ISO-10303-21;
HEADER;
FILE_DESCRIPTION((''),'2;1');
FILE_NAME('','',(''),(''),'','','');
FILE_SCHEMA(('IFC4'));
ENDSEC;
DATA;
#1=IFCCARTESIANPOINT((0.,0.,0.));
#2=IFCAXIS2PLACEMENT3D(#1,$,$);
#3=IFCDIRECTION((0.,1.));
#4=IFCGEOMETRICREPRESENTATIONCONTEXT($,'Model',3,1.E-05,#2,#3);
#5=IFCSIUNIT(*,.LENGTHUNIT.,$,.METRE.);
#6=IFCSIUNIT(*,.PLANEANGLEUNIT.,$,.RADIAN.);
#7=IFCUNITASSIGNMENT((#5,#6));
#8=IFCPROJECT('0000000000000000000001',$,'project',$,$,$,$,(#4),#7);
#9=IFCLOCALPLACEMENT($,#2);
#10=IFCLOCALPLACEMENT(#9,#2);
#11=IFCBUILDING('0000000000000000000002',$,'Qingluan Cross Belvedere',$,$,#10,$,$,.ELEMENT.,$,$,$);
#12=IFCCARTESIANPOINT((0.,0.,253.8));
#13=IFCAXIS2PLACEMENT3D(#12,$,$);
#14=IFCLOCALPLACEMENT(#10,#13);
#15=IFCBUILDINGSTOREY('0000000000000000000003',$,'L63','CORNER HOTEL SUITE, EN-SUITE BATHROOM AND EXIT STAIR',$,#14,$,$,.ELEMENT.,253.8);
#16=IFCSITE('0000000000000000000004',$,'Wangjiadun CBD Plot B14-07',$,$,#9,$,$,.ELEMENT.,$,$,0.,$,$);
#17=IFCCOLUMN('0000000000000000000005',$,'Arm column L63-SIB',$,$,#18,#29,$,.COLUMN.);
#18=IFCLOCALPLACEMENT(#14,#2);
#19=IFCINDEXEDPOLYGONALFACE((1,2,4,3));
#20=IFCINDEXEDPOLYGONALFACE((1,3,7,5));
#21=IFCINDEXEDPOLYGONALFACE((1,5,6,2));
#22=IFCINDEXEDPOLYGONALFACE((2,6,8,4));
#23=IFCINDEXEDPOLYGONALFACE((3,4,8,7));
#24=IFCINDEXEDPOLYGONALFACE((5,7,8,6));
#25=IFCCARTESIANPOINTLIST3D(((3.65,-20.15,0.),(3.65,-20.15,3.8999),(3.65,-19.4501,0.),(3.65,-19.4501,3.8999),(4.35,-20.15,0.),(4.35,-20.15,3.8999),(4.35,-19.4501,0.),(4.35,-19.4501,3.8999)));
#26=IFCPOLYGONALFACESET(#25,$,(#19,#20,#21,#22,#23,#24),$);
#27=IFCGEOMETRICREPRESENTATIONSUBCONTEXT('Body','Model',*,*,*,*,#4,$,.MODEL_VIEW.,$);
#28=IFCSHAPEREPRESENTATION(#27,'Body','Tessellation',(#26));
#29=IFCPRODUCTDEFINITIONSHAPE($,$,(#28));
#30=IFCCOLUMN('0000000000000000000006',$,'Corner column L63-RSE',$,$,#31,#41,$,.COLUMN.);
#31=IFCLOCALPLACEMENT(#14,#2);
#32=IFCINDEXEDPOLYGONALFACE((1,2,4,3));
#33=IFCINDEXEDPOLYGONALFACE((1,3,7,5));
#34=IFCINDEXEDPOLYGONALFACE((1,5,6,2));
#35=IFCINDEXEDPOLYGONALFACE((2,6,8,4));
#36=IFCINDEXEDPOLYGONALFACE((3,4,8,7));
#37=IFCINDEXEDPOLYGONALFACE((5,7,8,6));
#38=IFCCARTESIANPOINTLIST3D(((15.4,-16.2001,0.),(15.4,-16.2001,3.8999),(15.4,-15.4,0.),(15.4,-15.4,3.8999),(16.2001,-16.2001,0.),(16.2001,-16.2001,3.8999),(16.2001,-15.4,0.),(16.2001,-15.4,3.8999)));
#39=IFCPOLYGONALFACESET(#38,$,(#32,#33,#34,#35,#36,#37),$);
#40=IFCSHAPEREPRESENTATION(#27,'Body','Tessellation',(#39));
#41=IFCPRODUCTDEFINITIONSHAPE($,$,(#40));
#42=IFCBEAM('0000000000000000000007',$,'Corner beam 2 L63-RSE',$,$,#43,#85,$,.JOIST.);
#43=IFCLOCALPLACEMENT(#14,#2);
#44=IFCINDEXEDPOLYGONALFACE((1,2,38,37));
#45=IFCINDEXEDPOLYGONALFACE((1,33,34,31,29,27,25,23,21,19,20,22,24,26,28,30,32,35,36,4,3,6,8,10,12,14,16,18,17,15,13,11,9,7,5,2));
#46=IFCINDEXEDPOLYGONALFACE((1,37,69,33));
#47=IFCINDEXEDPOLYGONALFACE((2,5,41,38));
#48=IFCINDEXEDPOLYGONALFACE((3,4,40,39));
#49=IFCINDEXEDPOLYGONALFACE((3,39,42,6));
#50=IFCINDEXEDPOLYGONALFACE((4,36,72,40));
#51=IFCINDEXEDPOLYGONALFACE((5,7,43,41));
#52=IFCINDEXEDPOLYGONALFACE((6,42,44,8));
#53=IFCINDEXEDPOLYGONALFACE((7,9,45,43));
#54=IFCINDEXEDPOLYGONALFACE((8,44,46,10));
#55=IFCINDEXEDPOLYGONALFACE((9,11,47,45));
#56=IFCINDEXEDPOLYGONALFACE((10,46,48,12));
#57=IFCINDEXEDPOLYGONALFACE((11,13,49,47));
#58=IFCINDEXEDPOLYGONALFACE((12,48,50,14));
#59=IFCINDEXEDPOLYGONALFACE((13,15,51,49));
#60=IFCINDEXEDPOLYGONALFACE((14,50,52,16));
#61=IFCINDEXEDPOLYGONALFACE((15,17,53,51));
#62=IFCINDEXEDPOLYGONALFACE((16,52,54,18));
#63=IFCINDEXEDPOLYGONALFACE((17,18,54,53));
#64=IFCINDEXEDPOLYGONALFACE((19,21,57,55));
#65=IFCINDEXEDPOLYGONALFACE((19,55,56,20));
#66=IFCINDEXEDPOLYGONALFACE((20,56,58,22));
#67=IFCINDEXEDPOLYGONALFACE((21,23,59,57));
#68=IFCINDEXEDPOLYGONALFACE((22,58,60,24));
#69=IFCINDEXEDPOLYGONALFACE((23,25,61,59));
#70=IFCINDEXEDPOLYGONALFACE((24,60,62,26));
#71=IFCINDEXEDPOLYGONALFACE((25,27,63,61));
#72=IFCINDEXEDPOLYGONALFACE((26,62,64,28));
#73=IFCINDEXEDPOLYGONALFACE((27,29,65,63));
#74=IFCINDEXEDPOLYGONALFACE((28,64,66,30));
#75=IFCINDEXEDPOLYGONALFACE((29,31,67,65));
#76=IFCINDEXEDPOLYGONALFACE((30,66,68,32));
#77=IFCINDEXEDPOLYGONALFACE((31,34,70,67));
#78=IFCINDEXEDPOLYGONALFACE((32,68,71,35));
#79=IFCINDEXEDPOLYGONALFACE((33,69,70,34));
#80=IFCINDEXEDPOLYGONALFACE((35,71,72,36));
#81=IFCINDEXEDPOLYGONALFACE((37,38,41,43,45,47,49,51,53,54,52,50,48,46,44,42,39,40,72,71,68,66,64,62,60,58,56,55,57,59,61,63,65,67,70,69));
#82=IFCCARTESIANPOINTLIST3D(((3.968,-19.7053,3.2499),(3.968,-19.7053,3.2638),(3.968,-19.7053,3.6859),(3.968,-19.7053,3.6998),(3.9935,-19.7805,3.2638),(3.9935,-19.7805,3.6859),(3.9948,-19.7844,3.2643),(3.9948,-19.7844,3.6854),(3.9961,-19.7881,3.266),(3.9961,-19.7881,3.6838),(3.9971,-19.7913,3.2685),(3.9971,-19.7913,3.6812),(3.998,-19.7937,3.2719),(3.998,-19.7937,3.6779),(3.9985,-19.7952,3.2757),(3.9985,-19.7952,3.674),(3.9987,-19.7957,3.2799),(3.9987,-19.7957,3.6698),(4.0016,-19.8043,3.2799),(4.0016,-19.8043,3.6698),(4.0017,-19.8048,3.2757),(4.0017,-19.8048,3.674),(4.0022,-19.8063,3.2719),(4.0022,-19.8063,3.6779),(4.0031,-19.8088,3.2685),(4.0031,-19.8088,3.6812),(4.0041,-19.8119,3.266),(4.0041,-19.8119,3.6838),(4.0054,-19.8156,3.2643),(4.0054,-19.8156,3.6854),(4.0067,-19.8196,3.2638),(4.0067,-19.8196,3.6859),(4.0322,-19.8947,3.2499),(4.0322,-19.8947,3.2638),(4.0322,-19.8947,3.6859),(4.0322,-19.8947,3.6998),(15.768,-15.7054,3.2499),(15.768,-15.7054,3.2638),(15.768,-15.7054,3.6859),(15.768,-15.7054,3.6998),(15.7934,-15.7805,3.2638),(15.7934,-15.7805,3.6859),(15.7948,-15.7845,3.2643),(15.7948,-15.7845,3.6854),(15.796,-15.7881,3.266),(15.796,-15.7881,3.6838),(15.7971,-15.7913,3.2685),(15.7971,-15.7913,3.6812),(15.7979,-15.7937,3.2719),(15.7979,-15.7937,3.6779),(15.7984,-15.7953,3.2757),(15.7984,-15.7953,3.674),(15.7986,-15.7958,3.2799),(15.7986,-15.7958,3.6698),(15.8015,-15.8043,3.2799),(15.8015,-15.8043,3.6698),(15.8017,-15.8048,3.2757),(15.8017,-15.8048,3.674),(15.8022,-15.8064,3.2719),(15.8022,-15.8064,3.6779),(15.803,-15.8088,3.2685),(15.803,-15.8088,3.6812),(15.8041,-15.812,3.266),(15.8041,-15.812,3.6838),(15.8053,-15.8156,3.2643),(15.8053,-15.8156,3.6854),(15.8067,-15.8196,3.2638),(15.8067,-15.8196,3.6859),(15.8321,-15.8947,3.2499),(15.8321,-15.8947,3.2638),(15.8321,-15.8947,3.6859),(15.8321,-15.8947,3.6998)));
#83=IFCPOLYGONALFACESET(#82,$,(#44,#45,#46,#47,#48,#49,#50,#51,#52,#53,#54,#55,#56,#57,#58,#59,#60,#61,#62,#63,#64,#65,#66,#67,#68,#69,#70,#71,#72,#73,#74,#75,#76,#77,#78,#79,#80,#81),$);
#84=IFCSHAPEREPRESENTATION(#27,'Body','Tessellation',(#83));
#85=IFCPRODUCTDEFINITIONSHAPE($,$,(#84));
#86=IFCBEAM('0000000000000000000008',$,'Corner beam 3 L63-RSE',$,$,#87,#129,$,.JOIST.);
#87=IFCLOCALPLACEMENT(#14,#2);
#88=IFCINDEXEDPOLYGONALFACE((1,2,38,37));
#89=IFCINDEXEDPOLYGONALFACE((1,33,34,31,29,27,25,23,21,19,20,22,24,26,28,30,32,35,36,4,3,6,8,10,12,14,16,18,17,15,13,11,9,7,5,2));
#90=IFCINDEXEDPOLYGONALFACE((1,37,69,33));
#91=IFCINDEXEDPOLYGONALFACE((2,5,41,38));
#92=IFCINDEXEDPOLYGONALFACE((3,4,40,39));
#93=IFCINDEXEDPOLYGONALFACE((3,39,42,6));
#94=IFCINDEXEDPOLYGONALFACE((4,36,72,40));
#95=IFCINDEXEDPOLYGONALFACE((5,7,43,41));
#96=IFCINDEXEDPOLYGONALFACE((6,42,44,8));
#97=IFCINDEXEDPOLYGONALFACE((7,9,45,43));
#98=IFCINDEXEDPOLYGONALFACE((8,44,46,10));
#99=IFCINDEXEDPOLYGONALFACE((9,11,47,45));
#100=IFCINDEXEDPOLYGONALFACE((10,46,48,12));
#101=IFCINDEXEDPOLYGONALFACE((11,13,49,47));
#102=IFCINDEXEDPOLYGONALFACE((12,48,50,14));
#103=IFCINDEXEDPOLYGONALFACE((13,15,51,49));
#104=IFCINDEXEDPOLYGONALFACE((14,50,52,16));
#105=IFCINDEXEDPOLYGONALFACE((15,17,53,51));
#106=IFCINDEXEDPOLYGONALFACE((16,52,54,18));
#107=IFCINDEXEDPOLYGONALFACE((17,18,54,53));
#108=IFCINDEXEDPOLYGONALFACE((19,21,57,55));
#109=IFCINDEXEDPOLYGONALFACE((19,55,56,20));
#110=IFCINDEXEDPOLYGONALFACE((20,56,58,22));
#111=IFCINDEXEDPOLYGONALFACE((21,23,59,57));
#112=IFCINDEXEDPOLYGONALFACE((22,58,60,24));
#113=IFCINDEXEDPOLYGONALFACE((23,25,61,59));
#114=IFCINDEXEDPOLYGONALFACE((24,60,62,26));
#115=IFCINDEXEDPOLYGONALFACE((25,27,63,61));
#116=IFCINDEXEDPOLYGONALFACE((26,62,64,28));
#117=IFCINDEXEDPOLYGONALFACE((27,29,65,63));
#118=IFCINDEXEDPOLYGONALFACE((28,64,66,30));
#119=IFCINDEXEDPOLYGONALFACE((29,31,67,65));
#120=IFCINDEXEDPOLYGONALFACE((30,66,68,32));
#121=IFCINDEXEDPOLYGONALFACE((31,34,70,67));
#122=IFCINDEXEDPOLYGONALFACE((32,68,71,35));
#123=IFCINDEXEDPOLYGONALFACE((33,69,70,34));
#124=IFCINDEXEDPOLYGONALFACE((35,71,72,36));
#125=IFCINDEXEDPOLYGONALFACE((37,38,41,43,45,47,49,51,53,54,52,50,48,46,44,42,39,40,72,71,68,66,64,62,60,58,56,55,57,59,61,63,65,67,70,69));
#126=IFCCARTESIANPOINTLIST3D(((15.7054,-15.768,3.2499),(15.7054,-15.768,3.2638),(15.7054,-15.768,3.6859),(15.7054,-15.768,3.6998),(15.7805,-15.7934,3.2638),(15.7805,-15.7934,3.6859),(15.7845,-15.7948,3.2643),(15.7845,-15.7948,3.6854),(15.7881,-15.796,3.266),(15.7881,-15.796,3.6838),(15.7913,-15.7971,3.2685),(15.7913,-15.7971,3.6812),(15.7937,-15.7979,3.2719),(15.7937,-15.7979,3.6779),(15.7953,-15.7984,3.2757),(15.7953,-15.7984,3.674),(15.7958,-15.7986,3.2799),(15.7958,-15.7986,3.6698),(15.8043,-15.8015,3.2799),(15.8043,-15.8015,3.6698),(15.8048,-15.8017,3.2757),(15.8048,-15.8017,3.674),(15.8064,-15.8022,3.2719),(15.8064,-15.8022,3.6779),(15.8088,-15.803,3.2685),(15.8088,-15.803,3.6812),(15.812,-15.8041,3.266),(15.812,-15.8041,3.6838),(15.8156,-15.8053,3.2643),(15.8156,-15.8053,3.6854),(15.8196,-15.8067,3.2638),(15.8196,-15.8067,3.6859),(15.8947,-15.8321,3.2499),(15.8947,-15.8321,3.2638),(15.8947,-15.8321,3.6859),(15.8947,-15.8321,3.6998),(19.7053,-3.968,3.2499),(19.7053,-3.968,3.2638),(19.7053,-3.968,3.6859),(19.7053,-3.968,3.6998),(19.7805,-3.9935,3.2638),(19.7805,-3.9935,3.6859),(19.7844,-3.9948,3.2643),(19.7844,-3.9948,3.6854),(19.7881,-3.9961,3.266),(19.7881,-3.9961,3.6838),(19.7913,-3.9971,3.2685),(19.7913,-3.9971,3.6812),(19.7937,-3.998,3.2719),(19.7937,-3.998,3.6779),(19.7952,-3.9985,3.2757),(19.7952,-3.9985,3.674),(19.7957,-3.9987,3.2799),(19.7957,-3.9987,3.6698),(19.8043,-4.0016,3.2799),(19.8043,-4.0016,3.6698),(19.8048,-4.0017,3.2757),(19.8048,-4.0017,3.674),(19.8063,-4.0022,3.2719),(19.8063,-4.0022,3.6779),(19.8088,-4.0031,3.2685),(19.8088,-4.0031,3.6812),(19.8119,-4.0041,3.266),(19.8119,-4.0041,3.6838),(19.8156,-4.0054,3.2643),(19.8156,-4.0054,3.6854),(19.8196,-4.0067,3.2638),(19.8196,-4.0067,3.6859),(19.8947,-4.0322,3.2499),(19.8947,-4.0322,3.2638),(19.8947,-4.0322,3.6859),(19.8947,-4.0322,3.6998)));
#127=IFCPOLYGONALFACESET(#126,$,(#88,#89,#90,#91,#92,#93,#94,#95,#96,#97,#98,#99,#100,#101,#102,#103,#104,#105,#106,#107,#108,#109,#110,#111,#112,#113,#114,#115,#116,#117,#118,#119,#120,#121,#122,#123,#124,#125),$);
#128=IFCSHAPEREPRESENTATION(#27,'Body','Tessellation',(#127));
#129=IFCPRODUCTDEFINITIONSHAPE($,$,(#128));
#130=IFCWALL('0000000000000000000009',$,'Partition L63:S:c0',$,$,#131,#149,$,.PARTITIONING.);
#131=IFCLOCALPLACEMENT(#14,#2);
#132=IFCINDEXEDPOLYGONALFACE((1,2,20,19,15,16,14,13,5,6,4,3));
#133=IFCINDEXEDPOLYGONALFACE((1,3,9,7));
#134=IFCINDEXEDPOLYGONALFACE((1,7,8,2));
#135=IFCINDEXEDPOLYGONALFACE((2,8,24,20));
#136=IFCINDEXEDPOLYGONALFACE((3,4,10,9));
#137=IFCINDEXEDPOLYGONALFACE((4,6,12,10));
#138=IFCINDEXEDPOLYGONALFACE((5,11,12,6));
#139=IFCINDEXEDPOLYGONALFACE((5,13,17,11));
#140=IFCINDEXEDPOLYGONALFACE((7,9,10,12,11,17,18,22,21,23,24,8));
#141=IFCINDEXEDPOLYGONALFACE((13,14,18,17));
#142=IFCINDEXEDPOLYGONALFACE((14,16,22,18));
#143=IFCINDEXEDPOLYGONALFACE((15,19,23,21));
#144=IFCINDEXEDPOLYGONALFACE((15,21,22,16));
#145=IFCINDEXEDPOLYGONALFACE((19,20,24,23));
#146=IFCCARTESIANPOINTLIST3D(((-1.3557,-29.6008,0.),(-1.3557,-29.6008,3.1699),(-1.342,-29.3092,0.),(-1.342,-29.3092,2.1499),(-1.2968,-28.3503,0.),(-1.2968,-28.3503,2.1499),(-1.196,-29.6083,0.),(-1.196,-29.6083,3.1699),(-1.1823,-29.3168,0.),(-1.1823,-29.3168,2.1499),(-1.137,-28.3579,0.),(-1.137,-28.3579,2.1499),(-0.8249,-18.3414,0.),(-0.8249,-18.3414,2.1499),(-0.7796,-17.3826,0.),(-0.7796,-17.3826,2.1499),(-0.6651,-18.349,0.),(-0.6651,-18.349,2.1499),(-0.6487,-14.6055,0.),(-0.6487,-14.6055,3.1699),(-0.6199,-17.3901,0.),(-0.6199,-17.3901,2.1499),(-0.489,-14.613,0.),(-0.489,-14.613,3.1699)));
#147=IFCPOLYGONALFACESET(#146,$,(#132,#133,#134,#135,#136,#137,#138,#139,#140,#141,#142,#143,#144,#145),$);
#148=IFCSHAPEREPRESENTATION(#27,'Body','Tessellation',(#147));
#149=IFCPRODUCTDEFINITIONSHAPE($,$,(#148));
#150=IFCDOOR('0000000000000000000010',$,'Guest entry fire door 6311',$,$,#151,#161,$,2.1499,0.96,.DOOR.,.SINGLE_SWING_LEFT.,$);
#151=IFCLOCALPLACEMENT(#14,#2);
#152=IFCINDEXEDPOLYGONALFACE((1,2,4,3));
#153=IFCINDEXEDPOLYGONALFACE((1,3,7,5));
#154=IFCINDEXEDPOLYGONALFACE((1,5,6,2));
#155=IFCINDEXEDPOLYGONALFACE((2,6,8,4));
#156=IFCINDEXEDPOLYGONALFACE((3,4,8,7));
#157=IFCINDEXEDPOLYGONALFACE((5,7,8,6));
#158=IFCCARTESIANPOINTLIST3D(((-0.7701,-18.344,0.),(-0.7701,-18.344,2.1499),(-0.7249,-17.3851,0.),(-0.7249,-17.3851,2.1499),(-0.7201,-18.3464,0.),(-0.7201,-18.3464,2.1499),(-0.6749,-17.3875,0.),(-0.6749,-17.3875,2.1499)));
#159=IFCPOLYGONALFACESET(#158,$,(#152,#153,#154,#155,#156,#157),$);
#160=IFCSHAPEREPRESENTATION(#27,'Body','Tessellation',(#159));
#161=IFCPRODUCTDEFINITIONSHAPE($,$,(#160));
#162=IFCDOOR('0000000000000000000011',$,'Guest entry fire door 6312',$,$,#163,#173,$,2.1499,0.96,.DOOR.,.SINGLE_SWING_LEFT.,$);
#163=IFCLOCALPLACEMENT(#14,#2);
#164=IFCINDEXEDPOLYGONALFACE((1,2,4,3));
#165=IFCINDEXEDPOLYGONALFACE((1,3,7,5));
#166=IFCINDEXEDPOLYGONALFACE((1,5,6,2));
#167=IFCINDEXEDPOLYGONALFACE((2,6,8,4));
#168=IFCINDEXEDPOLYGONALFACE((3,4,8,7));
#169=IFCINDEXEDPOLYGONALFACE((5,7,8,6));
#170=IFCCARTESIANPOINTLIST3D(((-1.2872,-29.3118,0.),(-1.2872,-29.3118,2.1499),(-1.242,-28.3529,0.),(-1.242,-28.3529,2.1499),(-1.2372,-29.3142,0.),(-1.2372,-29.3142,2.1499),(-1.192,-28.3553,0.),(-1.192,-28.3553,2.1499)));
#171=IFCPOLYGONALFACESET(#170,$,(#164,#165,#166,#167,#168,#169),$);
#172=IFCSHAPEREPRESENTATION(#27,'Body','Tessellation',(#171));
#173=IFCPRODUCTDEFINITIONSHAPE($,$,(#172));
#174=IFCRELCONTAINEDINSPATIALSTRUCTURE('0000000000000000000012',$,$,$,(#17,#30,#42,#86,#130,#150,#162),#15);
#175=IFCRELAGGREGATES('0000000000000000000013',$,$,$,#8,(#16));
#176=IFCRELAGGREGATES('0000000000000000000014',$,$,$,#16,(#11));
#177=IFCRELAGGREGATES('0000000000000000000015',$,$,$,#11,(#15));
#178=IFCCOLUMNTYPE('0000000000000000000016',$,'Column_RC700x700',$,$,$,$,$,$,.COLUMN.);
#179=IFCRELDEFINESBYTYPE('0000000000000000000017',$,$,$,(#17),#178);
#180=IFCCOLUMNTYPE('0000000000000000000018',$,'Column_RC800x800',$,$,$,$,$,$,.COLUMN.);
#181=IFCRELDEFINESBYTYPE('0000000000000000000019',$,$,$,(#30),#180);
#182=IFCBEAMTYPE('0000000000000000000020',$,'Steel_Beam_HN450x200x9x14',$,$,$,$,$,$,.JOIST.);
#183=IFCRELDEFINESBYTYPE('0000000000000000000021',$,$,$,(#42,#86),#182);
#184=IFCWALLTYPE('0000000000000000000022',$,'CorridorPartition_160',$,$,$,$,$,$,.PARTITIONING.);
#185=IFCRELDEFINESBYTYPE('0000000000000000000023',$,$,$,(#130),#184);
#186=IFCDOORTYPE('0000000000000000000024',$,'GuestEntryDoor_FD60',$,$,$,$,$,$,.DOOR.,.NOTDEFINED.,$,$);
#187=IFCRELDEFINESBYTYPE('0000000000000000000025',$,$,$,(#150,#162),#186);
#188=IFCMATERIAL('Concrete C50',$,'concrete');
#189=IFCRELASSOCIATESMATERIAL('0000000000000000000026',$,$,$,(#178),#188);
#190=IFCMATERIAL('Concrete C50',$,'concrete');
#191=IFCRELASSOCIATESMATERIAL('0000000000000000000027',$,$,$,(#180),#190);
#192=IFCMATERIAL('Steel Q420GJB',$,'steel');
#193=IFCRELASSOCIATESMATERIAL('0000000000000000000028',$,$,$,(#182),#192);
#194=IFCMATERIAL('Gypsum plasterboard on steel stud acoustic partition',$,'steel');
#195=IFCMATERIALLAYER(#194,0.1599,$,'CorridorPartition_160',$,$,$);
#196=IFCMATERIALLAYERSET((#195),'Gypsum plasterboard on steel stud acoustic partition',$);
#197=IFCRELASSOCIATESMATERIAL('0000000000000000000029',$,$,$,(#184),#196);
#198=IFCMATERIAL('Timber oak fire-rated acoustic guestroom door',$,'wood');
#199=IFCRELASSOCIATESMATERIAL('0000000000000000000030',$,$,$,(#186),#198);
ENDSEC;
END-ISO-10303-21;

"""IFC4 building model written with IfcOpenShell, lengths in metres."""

from ifc_helpers import new_model, si_unit, direction, frame, frame_2d, origin, origin_2d, place, context, subcontext, project, spatial, rectangle, i_section, extrude, material, layer, layer_set, material_profile, profile_set, type_object, element, fill, save


model = new_model("IFC4")

# Units and contexts
model_context = context("Model", 3, precision=1e-05, world=origin(), true_north=direction((0.0, 1.0)))
body_context = subcontext(model_context, "Body", "Model", "MODEL_VIEW")
ifc_project = project(units=[si_unit("LENGTHUNIT", "METRE"), si_unit("PLANEANGLEUNIT", "RADIAN")], contexts=[model_context])

# Site, building, storey
site_placement = place(None, origin())
site = spatial("IfcSite", under=ifc_project, at=site_placement, Name="Wangjiadun CBD Plot B14-07", CompositionType="ELEMENT", RefElevation=0.0)
building_placement = place(site_placement, origin())
building = spatial("IfcBuilding", under=site, at=building_placement, Name="Qingluan Cross Belvedere", CompositionType="ELEMENT")
storey_placement = place(building_placement, frame((0.0, 0.0, 253.8)))
storey = spatial("IfcBuildingStorey", under=building, at=storey_placement, Name="L63", Description="CORNER HOTEL SUITE, EN-SUITE BATHROOM AND EXIT STAIR", CompositionType="ELEMENT", Elevation=253.8)

# Columns
ifc_material_1 = material(Name="Concrete C50", Category="concrete")
ifc_material_profile_1 = material_profile(ifc_material_1, rectangle(XDim=0.7, YDim=0.7, at=origin_2d()), Name="RC700x700")
ifc_profile_set_1 = profile_set([ifc_material_profile_1], Name="Concrete C50")
column_type_1 = type_object("IfcColumnType", Name="Column_RC700x700", PredefinedType="COLUMN", material=ifc_profile_set_1)
column_1_placement = place(storey_placement, frame((4.0, -19.8, 0.0), z_axis=(0.0, 0.0, 1.0), x_axis=(1.0, 0.0, 0.0)))
element("IfcColumn", 1, at=column_1_placement, inside=storey, type_object=column_type_1, Name="Arm column L63-SIB", PredefinedType="COLUMN", context=body_context, shape_type="SweptSolid", body=[
    extrude(rectangle(XDim=0.7, YDim=0.7, at=origin_2d()), origin(), (0.0, 0.0, 1.0), 3.8999),
])
ifc_material_2 = material(Name="Concrete C50", Category="concrete")
ifc_material_profile_2 = material_profile(ifc_material_2, rectangle(XDim=0.8, YDim=0.8, at=origin_2d()), Name="RC800x800")
ifc_profile_set_2 = profile_set([ifc_material_profile_2], Name="Concrete C50")
column_type_2 = type_object("IfcColumnType", Name="Column_RC800x800", PredefinedType="COLUMN", material=ifc_profile_set_2)
column_2_placement = place(storey_placement, frame((15.8, -15.8, 0.0), z_axis=(0.0, 0.0, 1.0), x_axis=(1.0, 0.0, 0.0)))
element("IfcColumn", 2, at=column_2_placement, inside=storey, type_object=column_type_2, Name="Corner column L63-RSE", PredefinedType="COLUMN", context=body_context, shape_type="SweptSolid", body=[
    extrude(rectangle(XDim=0.8, YDim=0.8, at=origin_2d()), origin(), (0.0, 0.0, 1.0), 3.8999),
])

# Beams
ifc_material_3 = material(Name="Steel Q420GJB", Category="steel")
ifc_material_profile_3 = material_profile(ifc_material_3, i_section(OverallWidth=0.2, OverallDepth=0.45, WebThickness=0.009, FlangeThickness=0.0139, FilletRadius=0.0161, at=origin_2d()), Name="HN450x200x9x14")
ifc_profile_set_3 = profile_set([ifc_material_profile_3], Name="Steel Q420GJB")
beam_type = type_object("IfcBeamType", Name="Steel_Beam_HN450x200x9x14", PredefinedType="JOIST", material=ifc_profile_set_3)
for number, where, z_axis, x_axis, name in (
    (3, (15.8, -15.8, 3.4749), (-0.947066, -0.321038, 0.0), (0.321038, -0.947066, 0.0), "Corner beam 2 L63-RSE"),
    (4, (15.8, -15.8, 3.4749), (0.321038, 0.947066, 0.0), (-0.947066, 0.321038, 0.0), "Corner beam 3 L63-RSE"),
):
    element("IfcBeam", number, at=place(storey_placement, frame(where, z_axis=z_axis, x_axis=x_axis)), inside=storey, type_object=beam_type, Name=name, PredefinedType="JOIST", context=body_context, shape_type="SweptSolid", body=[
        extrude(i_section(OverallWidth=0.2, OverallDepth=0.45, WebThickness=0.009, FlangeThickness=0.0139, FilletRadius=0.0161, at=origin_2d()), origin(), (0.0, 0.0, 1.0), 12.4595),
    ])

# Wall, openings, doors
ifc_material_4 = material(Name="Gypsum plasterboard on steel stud acoustic partition", Category="steel")
ifc_layer_1 = layer(ifc_material_4, 0.1599, Name="CorridorPartition_160")
ifc_layer_set_1 = layer_set([ifc_layer_1], Name="Gypsum plasterboard on steel stud acoustic partition")
wall_type_1 = type_object("IfcWallType", Name="CorridorPartition_160", PredefinedType="PARTITIONING", material=ifc_layer_set_1)
wall_1_placement = place(storey_placement, frame((-0.5688, -14.6094, 0.0), z_axis=(0.0, 0.0, 1.0), x_axis=(-0.047098, -0.99889, 0.0)))
wall_1 = element("IfcWall", 5, at=wall_1_placement, inside=storey, type_object=wall_type_1, Name="Partition L63:S:c0", PredefinedType="PARTITIONING", context=body_context, shape_type="SweptSolid", body=[
    extrude(rectangle(XDim=15.012, YDim=0.1599, at=frame_2d((7.5059, 0.0))), origin(), (0.0, 0.0, 1.0), 3.1699),
])
opening_1_placement = place(wall_1_placement, frame((2.78, 0.0, 0.0)))
opening_1 = element("IfcOpeningElement", 6, at=opening_1_placement, cuts=wall_1, PredefinedType="OPENING", context=body_context, shape_type="SweptSolid", body=[
    extrude(rectangle(XDim=0.96, YDim=2.1499, at=frame_2d((0.48, 1.075))), frame((0.0, 0.0898, 0.0), z_axis=(0.0, -1.0, 0.0), x_axis=(1.0, 0.0, 0.0)), (0.0, 0.0, 1.0), 0.1799),
])
opening_2_placement = place(wall_1_placement, frame((13.76, 0.0, 0.0)))
opening_2 = element("IfcOpeningElement", 7, at=opening_2_placement, cuts=wall_1, PredefinedType="OPENING", context=body_context, shape_type="SweptSolid", body=[
    extrude(rectangle(XDim=0.96, YDim=2.1499, at=frame_2d((0.48, 1.075))), frame((0.0, 0.0898, 0.0), z_axis=(0.0, -1.0, 0.0), x_axis=(1.0, 0.0, 0.0)), (0.0, 0.0, 1.0), 0.1799),
])
ifc_material_5 = material(Name="Timber oak fire-rated acoustic guestroom door", Category="wood")
door_type_1 = type_object("IfcDoorType", Name="GuestEntryDoor_FD60", OperationType="NOTDEFINED", PredefinedType="DOOR", material=ifc_material_5)
door_1_placement = place(opening_1_placement, origin())
door_1 = element("IfcDoor", 8, at=door_1_placement, inside=storey, type_object=door_type_1, Name="Guest entry fire door 6311", OperationType="SINGLE_SWING_LEFT", OverallHeight=2.1499, OverallWidth=0.96, PredefinedType="DOOR", context=body_context, shape_type="SweptSolid", body=[
    extrude(rectangle(XDim=0.96, YDim=2.1499, at=frame_2d((0.48, 1.075))), frame((0.0, 0.0249, 0.0), z_axis=(0.0, -1.0, 0.0), x_axis=(1.0, 0.0, 0.0)), (0.0, 0.0, 1.0), 0.05),
])
fill(opening_1, door_1)
door_2_placement = place(opening_2_placement, origin())
door_2 = element("IfcDoor", 9, at=door_2_placement, inside=storey, type_object=door_type_1, Name="Guest entry fire door 6312", OperationType="SINGLE_SWING_LEFT", OverallHeight=2.1499, OverallWidth=0.96, PredefinedType="DOOR", context=body_context, shape_type="SweptSolid", body=[
    extrude(rectangle(XDim=0.96, YDim=2.1499, at=frame_2d((0.48, 1.075))), frame((0.0, 0.0249, 0.0), z_axis=(0.0, -1.0, 0.0), x_axis=(1.0, 0.0, 0.0)), (0.0, 0.0, 1.0), 0.05),
])
fill(opening_2, door_2)

save(model, "model.ifc")
